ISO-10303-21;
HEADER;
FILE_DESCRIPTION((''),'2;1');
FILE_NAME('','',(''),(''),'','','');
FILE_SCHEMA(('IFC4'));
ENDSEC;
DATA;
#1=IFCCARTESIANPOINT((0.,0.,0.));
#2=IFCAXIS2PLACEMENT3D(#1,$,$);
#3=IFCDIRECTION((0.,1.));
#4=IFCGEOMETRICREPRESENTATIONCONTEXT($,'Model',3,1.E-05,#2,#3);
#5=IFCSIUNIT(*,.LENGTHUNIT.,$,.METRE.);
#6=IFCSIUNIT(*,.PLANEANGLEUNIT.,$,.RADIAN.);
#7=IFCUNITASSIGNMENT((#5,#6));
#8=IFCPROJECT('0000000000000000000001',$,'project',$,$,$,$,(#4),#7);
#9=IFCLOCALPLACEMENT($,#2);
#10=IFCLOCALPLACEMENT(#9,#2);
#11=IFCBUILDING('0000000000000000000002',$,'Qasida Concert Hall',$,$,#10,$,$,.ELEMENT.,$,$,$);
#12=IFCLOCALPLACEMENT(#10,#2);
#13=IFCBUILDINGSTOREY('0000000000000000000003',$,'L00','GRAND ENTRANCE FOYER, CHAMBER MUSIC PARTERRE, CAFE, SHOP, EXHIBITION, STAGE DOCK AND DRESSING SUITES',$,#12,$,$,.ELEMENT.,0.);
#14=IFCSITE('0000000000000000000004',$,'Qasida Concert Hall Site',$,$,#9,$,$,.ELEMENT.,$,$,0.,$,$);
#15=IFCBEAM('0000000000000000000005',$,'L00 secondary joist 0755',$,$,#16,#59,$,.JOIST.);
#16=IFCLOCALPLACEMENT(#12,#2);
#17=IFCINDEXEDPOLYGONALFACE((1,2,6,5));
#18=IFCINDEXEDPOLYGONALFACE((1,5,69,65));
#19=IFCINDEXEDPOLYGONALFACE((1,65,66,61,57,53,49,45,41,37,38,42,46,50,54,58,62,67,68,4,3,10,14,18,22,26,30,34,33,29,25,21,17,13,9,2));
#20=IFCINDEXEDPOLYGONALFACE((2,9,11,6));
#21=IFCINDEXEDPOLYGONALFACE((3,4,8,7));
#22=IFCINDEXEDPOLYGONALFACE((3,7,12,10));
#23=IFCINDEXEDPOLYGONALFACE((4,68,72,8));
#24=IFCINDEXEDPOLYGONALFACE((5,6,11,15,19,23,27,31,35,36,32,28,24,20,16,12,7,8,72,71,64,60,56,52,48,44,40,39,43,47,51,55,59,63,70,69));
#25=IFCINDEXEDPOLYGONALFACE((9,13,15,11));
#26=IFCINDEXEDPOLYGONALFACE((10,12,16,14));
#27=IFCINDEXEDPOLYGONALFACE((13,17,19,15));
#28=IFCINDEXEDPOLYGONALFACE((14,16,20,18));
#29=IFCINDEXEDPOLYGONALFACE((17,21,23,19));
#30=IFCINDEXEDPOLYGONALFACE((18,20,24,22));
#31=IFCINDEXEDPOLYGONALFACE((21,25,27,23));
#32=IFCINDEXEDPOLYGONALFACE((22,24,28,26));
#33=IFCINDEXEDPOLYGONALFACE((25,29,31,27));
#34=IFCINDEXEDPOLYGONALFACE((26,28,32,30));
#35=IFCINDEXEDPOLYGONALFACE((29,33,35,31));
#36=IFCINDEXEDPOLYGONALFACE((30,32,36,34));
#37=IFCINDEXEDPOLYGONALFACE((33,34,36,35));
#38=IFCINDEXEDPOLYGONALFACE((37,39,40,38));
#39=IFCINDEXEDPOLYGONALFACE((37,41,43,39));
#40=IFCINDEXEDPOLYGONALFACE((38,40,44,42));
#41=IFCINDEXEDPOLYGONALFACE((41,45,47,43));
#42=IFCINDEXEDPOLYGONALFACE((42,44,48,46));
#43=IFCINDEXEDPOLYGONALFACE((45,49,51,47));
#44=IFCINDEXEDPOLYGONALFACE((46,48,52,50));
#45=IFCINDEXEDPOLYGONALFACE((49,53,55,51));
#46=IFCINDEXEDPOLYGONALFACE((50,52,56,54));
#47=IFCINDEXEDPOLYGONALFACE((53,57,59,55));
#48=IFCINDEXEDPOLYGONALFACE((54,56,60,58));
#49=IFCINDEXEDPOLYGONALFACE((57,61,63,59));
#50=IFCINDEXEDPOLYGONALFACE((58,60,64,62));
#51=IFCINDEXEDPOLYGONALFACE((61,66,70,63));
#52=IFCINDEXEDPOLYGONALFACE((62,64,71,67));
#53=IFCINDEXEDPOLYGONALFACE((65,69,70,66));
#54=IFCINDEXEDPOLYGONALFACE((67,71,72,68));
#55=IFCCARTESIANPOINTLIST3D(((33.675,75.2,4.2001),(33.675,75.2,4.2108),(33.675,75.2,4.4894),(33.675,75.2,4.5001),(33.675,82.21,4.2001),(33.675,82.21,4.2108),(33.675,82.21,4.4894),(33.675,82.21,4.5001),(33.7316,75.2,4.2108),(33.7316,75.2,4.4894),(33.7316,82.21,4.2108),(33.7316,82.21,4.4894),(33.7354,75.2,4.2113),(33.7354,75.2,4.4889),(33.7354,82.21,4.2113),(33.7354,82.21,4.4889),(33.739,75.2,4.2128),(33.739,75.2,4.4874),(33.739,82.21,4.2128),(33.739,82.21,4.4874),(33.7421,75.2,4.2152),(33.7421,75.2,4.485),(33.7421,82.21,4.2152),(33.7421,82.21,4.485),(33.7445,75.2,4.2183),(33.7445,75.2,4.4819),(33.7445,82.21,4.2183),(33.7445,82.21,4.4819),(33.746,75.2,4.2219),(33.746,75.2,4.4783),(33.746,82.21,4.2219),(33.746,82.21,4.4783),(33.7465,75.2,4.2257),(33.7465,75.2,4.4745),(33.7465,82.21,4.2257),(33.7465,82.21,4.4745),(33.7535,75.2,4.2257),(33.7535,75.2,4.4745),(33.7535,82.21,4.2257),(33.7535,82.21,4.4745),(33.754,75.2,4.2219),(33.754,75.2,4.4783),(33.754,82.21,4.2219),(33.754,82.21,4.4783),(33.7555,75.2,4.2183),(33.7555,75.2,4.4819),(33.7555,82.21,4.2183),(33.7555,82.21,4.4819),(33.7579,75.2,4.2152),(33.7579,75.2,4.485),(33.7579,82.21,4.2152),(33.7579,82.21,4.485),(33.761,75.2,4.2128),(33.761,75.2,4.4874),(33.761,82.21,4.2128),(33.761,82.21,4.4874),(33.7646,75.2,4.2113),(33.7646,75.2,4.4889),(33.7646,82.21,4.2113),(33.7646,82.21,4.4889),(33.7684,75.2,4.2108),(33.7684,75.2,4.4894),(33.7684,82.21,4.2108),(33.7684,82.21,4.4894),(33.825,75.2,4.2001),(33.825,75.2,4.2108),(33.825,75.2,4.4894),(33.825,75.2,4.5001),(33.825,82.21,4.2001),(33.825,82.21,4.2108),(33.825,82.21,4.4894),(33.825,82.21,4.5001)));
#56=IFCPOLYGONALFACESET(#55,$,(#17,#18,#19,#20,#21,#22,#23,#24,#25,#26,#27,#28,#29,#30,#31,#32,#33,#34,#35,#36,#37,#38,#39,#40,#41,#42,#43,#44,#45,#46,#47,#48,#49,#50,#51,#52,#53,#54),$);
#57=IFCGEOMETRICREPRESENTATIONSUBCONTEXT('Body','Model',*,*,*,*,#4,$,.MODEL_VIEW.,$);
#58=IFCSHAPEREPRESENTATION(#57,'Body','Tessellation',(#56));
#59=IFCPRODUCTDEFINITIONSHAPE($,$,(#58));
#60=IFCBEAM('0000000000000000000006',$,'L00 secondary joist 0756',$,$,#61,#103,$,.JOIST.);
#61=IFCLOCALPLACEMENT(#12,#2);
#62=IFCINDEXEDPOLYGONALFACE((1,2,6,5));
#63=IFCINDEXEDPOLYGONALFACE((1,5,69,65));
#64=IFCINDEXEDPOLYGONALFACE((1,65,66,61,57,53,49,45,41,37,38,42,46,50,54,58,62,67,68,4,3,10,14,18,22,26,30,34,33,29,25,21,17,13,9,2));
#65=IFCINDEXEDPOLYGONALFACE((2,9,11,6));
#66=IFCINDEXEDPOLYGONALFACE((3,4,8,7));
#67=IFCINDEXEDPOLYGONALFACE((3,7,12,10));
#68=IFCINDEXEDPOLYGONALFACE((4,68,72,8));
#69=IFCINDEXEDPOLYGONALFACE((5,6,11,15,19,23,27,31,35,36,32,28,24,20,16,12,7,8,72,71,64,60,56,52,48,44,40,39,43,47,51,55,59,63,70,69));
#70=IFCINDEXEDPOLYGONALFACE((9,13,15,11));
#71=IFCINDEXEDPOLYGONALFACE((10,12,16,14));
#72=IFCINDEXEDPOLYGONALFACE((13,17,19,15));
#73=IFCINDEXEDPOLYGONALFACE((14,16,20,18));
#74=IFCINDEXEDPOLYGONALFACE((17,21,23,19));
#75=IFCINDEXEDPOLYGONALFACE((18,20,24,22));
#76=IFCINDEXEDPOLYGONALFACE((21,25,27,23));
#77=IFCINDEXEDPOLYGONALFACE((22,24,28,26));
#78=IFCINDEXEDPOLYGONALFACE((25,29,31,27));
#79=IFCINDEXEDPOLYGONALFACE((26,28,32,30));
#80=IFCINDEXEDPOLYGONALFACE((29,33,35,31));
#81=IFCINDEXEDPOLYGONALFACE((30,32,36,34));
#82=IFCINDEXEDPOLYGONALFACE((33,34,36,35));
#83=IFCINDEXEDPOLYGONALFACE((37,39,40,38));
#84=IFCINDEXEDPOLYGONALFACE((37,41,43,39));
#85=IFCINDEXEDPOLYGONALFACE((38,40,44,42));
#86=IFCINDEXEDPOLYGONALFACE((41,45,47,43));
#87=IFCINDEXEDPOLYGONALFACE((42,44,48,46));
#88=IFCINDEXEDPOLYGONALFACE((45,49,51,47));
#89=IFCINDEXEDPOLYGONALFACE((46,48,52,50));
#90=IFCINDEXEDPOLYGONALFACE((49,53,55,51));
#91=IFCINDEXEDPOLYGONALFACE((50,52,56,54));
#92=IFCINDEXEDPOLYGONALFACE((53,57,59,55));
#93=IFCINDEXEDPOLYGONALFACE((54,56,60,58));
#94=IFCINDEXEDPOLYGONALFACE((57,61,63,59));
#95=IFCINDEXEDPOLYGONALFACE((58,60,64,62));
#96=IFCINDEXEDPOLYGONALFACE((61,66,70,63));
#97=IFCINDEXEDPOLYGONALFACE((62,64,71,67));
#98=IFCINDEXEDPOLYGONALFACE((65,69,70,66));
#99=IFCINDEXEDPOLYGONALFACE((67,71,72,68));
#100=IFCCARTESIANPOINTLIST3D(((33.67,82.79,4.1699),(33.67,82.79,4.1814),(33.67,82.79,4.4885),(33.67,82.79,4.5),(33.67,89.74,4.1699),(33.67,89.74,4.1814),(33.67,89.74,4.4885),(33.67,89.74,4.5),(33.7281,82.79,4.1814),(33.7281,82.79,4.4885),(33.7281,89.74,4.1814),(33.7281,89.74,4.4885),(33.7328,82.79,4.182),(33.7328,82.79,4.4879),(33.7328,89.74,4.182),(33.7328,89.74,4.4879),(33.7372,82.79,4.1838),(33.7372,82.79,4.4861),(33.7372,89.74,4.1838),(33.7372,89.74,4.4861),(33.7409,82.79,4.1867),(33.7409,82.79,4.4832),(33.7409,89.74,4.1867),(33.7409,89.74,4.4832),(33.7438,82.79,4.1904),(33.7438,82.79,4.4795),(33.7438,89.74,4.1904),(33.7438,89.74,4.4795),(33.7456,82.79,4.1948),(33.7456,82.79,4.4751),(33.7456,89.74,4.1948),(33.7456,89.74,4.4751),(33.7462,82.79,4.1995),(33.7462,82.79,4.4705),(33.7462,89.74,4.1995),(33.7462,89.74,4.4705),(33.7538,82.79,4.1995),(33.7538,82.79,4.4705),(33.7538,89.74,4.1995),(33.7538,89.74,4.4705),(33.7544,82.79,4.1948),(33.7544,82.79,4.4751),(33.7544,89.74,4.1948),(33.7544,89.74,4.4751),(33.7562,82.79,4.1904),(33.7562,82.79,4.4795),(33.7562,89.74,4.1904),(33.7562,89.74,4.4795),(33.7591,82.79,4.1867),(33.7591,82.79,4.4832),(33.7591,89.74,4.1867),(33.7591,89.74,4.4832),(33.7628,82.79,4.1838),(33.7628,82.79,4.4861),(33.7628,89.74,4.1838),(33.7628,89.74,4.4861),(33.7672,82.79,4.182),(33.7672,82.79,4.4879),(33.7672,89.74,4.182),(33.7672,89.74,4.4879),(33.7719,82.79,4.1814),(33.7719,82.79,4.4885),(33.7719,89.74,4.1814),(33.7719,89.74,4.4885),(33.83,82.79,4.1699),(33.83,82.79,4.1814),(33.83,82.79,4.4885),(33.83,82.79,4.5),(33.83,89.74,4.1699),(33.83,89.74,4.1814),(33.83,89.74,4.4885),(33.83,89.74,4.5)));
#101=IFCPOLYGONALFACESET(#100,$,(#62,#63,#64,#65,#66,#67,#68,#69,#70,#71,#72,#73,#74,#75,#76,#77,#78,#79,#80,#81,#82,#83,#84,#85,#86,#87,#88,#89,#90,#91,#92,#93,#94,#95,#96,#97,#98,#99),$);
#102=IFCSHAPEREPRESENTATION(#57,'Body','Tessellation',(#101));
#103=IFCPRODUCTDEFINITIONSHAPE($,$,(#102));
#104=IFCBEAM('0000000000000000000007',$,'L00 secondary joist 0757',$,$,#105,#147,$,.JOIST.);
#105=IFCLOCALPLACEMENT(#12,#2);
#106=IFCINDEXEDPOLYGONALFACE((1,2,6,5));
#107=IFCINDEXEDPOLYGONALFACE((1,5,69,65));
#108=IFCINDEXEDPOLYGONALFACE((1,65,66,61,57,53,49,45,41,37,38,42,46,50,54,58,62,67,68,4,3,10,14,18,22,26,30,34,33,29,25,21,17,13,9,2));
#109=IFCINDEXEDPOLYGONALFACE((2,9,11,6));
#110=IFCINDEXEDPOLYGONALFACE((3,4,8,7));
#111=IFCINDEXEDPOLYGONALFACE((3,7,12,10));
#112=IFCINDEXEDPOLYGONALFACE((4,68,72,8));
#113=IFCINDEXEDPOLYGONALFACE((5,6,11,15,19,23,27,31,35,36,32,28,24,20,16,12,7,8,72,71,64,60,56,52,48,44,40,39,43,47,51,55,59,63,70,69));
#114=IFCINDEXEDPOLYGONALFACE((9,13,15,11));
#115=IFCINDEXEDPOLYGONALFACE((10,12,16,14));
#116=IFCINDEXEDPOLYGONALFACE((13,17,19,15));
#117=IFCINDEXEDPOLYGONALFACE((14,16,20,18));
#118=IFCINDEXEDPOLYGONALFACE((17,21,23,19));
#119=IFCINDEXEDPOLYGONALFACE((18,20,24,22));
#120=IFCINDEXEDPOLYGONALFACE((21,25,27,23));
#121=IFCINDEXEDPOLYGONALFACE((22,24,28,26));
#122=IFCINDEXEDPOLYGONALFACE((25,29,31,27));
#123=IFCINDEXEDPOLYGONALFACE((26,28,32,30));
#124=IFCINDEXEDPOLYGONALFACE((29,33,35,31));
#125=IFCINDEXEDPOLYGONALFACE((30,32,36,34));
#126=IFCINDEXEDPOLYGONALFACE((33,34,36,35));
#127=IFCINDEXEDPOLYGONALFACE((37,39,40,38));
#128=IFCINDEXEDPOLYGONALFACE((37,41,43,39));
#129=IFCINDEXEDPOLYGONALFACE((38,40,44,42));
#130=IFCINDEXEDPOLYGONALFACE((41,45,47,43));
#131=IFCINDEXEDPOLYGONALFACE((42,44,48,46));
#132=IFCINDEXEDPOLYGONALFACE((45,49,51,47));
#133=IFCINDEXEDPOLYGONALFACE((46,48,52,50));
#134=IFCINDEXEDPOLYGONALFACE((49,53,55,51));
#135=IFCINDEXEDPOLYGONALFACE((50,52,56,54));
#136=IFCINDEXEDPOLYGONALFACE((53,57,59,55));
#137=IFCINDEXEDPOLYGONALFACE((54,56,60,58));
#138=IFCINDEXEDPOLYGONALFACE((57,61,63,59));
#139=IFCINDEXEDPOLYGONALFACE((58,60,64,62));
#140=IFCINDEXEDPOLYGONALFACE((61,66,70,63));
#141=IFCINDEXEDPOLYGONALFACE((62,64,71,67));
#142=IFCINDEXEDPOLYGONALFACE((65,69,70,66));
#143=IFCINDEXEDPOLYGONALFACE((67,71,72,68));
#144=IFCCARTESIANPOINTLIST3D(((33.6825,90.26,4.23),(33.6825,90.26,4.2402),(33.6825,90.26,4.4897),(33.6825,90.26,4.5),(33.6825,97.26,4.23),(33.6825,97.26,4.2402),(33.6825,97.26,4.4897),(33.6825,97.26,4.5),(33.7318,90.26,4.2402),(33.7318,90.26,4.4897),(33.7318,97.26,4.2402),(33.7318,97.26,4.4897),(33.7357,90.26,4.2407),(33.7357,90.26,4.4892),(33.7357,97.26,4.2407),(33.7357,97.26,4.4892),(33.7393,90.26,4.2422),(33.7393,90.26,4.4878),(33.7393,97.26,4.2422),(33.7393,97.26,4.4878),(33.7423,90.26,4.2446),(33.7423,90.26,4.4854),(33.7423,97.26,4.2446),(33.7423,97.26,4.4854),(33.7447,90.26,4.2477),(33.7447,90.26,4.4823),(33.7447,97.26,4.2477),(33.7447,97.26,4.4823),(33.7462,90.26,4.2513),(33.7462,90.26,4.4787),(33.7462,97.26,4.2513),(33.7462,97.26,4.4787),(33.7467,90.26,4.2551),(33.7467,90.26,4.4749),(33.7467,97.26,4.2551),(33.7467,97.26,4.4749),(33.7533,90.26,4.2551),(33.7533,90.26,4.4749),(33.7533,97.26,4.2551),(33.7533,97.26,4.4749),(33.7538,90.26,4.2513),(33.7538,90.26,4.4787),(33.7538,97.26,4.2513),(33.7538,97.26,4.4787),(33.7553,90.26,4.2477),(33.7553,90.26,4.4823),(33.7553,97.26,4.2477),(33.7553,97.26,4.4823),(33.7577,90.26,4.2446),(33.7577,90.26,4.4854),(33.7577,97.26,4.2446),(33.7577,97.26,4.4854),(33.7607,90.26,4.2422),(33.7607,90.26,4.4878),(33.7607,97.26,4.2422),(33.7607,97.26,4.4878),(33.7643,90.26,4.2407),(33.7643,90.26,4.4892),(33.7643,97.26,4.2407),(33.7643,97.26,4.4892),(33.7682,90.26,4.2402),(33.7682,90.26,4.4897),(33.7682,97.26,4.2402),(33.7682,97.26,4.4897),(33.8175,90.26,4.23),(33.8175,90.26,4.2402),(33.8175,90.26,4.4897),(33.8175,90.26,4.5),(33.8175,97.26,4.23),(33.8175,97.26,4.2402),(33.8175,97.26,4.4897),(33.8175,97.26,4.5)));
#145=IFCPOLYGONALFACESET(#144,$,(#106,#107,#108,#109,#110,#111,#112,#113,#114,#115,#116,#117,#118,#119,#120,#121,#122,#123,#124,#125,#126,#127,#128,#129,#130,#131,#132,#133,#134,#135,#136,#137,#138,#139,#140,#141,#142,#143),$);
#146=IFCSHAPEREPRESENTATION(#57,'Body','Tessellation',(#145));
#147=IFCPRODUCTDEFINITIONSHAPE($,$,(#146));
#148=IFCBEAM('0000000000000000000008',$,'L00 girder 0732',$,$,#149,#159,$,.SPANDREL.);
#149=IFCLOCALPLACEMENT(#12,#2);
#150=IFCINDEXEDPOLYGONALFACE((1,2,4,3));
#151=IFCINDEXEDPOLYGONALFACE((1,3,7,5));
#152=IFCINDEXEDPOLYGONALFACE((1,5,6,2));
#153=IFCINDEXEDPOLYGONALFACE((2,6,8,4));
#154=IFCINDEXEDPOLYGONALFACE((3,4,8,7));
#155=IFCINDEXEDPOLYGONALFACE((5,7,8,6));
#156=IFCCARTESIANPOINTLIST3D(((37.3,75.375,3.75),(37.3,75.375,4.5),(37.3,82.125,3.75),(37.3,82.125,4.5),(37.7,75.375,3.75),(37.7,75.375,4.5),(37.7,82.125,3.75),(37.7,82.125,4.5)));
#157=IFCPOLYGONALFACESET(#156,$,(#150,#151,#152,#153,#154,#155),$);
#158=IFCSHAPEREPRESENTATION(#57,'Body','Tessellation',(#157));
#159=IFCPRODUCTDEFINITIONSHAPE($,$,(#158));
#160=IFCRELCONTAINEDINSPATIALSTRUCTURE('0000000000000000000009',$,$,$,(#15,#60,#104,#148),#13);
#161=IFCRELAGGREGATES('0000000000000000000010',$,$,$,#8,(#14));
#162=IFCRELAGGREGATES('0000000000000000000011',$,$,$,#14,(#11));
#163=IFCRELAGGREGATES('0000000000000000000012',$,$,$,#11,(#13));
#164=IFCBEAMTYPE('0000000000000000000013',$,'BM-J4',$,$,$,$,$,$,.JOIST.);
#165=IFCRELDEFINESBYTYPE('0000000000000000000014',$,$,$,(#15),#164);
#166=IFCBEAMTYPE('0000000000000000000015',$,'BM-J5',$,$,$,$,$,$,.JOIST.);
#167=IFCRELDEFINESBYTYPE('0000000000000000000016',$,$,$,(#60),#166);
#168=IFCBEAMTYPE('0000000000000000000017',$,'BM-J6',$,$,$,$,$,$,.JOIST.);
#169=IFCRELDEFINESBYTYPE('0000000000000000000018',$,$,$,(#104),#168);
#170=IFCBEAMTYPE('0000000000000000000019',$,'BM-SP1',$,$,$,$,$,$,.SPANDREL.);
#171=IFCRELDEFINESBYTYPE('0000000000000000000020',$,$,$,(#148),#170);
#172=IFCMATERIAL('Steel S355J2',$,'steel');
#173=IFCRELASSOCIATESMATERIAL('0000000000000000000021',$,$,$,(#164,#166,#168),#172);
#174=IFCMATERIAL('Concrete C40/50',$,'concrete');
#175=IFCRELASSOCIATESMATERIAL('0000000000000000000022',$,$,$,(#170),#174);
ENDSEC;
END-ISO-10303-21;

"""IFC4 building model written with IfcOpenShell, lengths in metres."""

from ifc_helpers import new_model, si_unit, direction, frame, origin, origin_2d, place, context, subcontext, project, spatial, rectangle, i_section, extrude, material, material_profile, profile_set, type_object, element, save


model = new_model("IFC4")

# Units and contexts
model_context = context("Model", 3, precision=1e-05, world=origin(), true_north=direction((0.0, 1.0)))
body_context = subcontext(model_context, "Body", "Model", "MODEL_VIEW")
ifc_project = project(units=[si_unit("LENGTHUNIT", "METRE"), si_unit("PLANEANGLEUNIT", "RADIAN")], contexts=[model_context])

# Site, building, storey
site_placement = place(None, origin())
site = spatial("IfcSite", under=ifc_project, at=site_placement, Name="Qasida Concert Hall Site", CompositionType="ELEMENT", RefElevation=0.0)
building_placement = place(site_placement, origin())
building = spatial("IfcBuilding", under=site, at=building_placement, Name="Qasida Concert Hall", CompositionType="ELEMENT")
storey_placement = place(building_placement, origin())
storey = spatial("IfcBuildingStorey", under=building, at=storey_placement, Name="L00", Description="GRAND ENTRANCE FOYER, CHAMBER MUSIC PARTERRE, CAFE, SHOP, EXHIBITION, STAGE DOCK AND DRESSING SUITES", CompositionType="ELEMENT", Elevation=0.0)

# Beams
ifc_material_1 = material(Name="Steel S355J2", Category="steel")
ifc_material_2 = material(Name="Concrete C40/50", Category="concrete")
ifc_material_profile_1 = material_profile(ifc_material_1, i_section(OverallWidth=0.1499, OverallDepth=0.3, WebThickness=0.0071, FlangeThickness=0.0107, FilletRadius=0.0149, at=origin_2d()), Name="IPE 300")
ifc_profile_set_1 = profile_set([ifc_material_profile_1], Name="Steel S355J2")
beam_type_1 = type_object("IfcBeamType", Name="BM-J4", PredefinedType="JOIST", material=ifc_profile_set_1)
beam_1_placement = place(storey_placement, frame((33.75, 75.2, 4.3501), z_axis=(0.0, 1.0, 0.0), x_axis=(-1.0, 0.0, 0.0)))
element("IfcBeam", 1, at=beam_1_placement, inside=storey, type_object=beam_type_1, Name="L00 secondary joist 0755", PredefinedType="JOIST", context=body_context, shape_type="SweptSolid", body=[
    extrude(i_section(OverallWidth=0.1499, OverallDepth=0.3, WebThickness=0.0071, FlangeThickness=0.0107, FilletRadius=0.0149, at=origin_2d()), origin(), (0.0, 0.0, 1.0), 7.01),
])
ifc_material_profile_2 = material_profile(ifc_material_1, i_section(OverallWidth=0.1599, OverallDepth=0.3301, WebThickness=0.0076, FlangeThickness=0.0115, FilletRadius=0.0181, at=origin_2d()), Name="IPE 330")
ifc_profile_set_2 = profile_set([ifc_material_profile_2], Name="Steel S355J2")
beam_type_2 = type_object("IfcBeamType", Name="BM-J5", PredefinedType="JOIST", material=ifc_profile_set_2)
beam_2_placement = place(storey_placement, frame((33.75, 82.79, 4.335), z_axis=(0.0, 1.0, 0.0), x_axis=(-1.0, 0.0, 0.0)))
element("IfcBeam", 2, at=beam_2_placement, inside=storey, type_object=beam_type_2, Name="L00 secondary joist 0756", PredefinedType="JOIST", context=body_context, shape_type="SweptSolid", body=[
    extrude(i_section(OverallWidth=0.1599, OverallDepth=0.3301, WebThickness=0.0076, FlangeThickness=0.0115, FilletRadius=0.0181, at=origin_2d()), origin(), (0.0, 0.0, 1.0), 6.95),
])
ifc_material_profile_3 = material_profile(ifc_material_1, i_section(OverallWidth=0.135, OverallDepth=0.27, WebThickness=0.0066, FlangeThickness=0.0103, FilletRadius=0.0149, at=origin_2d()), Name="IPE 270")
ifc_profile_set_3 = profile_set([ifc_material_profile_3], Name="Steel S355J2")
beam_type_3 = type_object("IfcBeamType", Name="BM-J6", PredefinedType="JOIST", material=ifc_profile_set_3)
beam_3_placement = place(storey_placement, frame((33.75, 90.26, 4.365), z_axis=(0.0, 1.0, 0.0), x_axis=(-1.0, 0.0, 0.0)))
element("IfcBeam", 3, at=beam_3_placement, inside=storey, type_object=beam_type_3, Name="L00 secondary joist 0757", PredefinedType="JOIST", context=body_context, shape_type="SweptSolid", body=[
    extrude(i_section(OverallWidth=0.135, OverallDepth=0.27, WebThickness=0.0066, FlangeThickness=0.0103, FilletRadius=0.0149, at=origin_2d()), origin(), (0.0, 0.0, 1.0), 7.0),
])
ifc_material_profile_4 = material_profile(ifc_material_2, rectangle(XDim=0.3999, YDim=0.75, at=origin_2d()), Name="RC 400x750")
ifc_profile_set_4 = profile_set([ifc_material_profile_4], Name="Concrete C40/50")
beam_type_4 = type_object("IfcBeamType", Name="BM-SP1", PredefinedType="SPANDREL", material=ifc_profile_set_4)
beam_4_placement = place(storey_placement, frame((37.5, 75.375, 4.125), z_axis=(0.0, 1.0, 0.0), x_axis=(-1.0, 0.0, 0.0)))
element("IfcBeam", 4, at=beam_4_placement, inside=storey, type_object=beam_type_4, Name="L00 girder 0732", PredefinedType="SPANDREL", context=body_context, shape_type="SweptSolid", body=[
    extrude(rectangle(XDim=0.3999, YDim=0.75, at=origin_2d()), origin(), (0.0, 0.0, 1.0), 6.75),
])

save(model, "model.ifc")
